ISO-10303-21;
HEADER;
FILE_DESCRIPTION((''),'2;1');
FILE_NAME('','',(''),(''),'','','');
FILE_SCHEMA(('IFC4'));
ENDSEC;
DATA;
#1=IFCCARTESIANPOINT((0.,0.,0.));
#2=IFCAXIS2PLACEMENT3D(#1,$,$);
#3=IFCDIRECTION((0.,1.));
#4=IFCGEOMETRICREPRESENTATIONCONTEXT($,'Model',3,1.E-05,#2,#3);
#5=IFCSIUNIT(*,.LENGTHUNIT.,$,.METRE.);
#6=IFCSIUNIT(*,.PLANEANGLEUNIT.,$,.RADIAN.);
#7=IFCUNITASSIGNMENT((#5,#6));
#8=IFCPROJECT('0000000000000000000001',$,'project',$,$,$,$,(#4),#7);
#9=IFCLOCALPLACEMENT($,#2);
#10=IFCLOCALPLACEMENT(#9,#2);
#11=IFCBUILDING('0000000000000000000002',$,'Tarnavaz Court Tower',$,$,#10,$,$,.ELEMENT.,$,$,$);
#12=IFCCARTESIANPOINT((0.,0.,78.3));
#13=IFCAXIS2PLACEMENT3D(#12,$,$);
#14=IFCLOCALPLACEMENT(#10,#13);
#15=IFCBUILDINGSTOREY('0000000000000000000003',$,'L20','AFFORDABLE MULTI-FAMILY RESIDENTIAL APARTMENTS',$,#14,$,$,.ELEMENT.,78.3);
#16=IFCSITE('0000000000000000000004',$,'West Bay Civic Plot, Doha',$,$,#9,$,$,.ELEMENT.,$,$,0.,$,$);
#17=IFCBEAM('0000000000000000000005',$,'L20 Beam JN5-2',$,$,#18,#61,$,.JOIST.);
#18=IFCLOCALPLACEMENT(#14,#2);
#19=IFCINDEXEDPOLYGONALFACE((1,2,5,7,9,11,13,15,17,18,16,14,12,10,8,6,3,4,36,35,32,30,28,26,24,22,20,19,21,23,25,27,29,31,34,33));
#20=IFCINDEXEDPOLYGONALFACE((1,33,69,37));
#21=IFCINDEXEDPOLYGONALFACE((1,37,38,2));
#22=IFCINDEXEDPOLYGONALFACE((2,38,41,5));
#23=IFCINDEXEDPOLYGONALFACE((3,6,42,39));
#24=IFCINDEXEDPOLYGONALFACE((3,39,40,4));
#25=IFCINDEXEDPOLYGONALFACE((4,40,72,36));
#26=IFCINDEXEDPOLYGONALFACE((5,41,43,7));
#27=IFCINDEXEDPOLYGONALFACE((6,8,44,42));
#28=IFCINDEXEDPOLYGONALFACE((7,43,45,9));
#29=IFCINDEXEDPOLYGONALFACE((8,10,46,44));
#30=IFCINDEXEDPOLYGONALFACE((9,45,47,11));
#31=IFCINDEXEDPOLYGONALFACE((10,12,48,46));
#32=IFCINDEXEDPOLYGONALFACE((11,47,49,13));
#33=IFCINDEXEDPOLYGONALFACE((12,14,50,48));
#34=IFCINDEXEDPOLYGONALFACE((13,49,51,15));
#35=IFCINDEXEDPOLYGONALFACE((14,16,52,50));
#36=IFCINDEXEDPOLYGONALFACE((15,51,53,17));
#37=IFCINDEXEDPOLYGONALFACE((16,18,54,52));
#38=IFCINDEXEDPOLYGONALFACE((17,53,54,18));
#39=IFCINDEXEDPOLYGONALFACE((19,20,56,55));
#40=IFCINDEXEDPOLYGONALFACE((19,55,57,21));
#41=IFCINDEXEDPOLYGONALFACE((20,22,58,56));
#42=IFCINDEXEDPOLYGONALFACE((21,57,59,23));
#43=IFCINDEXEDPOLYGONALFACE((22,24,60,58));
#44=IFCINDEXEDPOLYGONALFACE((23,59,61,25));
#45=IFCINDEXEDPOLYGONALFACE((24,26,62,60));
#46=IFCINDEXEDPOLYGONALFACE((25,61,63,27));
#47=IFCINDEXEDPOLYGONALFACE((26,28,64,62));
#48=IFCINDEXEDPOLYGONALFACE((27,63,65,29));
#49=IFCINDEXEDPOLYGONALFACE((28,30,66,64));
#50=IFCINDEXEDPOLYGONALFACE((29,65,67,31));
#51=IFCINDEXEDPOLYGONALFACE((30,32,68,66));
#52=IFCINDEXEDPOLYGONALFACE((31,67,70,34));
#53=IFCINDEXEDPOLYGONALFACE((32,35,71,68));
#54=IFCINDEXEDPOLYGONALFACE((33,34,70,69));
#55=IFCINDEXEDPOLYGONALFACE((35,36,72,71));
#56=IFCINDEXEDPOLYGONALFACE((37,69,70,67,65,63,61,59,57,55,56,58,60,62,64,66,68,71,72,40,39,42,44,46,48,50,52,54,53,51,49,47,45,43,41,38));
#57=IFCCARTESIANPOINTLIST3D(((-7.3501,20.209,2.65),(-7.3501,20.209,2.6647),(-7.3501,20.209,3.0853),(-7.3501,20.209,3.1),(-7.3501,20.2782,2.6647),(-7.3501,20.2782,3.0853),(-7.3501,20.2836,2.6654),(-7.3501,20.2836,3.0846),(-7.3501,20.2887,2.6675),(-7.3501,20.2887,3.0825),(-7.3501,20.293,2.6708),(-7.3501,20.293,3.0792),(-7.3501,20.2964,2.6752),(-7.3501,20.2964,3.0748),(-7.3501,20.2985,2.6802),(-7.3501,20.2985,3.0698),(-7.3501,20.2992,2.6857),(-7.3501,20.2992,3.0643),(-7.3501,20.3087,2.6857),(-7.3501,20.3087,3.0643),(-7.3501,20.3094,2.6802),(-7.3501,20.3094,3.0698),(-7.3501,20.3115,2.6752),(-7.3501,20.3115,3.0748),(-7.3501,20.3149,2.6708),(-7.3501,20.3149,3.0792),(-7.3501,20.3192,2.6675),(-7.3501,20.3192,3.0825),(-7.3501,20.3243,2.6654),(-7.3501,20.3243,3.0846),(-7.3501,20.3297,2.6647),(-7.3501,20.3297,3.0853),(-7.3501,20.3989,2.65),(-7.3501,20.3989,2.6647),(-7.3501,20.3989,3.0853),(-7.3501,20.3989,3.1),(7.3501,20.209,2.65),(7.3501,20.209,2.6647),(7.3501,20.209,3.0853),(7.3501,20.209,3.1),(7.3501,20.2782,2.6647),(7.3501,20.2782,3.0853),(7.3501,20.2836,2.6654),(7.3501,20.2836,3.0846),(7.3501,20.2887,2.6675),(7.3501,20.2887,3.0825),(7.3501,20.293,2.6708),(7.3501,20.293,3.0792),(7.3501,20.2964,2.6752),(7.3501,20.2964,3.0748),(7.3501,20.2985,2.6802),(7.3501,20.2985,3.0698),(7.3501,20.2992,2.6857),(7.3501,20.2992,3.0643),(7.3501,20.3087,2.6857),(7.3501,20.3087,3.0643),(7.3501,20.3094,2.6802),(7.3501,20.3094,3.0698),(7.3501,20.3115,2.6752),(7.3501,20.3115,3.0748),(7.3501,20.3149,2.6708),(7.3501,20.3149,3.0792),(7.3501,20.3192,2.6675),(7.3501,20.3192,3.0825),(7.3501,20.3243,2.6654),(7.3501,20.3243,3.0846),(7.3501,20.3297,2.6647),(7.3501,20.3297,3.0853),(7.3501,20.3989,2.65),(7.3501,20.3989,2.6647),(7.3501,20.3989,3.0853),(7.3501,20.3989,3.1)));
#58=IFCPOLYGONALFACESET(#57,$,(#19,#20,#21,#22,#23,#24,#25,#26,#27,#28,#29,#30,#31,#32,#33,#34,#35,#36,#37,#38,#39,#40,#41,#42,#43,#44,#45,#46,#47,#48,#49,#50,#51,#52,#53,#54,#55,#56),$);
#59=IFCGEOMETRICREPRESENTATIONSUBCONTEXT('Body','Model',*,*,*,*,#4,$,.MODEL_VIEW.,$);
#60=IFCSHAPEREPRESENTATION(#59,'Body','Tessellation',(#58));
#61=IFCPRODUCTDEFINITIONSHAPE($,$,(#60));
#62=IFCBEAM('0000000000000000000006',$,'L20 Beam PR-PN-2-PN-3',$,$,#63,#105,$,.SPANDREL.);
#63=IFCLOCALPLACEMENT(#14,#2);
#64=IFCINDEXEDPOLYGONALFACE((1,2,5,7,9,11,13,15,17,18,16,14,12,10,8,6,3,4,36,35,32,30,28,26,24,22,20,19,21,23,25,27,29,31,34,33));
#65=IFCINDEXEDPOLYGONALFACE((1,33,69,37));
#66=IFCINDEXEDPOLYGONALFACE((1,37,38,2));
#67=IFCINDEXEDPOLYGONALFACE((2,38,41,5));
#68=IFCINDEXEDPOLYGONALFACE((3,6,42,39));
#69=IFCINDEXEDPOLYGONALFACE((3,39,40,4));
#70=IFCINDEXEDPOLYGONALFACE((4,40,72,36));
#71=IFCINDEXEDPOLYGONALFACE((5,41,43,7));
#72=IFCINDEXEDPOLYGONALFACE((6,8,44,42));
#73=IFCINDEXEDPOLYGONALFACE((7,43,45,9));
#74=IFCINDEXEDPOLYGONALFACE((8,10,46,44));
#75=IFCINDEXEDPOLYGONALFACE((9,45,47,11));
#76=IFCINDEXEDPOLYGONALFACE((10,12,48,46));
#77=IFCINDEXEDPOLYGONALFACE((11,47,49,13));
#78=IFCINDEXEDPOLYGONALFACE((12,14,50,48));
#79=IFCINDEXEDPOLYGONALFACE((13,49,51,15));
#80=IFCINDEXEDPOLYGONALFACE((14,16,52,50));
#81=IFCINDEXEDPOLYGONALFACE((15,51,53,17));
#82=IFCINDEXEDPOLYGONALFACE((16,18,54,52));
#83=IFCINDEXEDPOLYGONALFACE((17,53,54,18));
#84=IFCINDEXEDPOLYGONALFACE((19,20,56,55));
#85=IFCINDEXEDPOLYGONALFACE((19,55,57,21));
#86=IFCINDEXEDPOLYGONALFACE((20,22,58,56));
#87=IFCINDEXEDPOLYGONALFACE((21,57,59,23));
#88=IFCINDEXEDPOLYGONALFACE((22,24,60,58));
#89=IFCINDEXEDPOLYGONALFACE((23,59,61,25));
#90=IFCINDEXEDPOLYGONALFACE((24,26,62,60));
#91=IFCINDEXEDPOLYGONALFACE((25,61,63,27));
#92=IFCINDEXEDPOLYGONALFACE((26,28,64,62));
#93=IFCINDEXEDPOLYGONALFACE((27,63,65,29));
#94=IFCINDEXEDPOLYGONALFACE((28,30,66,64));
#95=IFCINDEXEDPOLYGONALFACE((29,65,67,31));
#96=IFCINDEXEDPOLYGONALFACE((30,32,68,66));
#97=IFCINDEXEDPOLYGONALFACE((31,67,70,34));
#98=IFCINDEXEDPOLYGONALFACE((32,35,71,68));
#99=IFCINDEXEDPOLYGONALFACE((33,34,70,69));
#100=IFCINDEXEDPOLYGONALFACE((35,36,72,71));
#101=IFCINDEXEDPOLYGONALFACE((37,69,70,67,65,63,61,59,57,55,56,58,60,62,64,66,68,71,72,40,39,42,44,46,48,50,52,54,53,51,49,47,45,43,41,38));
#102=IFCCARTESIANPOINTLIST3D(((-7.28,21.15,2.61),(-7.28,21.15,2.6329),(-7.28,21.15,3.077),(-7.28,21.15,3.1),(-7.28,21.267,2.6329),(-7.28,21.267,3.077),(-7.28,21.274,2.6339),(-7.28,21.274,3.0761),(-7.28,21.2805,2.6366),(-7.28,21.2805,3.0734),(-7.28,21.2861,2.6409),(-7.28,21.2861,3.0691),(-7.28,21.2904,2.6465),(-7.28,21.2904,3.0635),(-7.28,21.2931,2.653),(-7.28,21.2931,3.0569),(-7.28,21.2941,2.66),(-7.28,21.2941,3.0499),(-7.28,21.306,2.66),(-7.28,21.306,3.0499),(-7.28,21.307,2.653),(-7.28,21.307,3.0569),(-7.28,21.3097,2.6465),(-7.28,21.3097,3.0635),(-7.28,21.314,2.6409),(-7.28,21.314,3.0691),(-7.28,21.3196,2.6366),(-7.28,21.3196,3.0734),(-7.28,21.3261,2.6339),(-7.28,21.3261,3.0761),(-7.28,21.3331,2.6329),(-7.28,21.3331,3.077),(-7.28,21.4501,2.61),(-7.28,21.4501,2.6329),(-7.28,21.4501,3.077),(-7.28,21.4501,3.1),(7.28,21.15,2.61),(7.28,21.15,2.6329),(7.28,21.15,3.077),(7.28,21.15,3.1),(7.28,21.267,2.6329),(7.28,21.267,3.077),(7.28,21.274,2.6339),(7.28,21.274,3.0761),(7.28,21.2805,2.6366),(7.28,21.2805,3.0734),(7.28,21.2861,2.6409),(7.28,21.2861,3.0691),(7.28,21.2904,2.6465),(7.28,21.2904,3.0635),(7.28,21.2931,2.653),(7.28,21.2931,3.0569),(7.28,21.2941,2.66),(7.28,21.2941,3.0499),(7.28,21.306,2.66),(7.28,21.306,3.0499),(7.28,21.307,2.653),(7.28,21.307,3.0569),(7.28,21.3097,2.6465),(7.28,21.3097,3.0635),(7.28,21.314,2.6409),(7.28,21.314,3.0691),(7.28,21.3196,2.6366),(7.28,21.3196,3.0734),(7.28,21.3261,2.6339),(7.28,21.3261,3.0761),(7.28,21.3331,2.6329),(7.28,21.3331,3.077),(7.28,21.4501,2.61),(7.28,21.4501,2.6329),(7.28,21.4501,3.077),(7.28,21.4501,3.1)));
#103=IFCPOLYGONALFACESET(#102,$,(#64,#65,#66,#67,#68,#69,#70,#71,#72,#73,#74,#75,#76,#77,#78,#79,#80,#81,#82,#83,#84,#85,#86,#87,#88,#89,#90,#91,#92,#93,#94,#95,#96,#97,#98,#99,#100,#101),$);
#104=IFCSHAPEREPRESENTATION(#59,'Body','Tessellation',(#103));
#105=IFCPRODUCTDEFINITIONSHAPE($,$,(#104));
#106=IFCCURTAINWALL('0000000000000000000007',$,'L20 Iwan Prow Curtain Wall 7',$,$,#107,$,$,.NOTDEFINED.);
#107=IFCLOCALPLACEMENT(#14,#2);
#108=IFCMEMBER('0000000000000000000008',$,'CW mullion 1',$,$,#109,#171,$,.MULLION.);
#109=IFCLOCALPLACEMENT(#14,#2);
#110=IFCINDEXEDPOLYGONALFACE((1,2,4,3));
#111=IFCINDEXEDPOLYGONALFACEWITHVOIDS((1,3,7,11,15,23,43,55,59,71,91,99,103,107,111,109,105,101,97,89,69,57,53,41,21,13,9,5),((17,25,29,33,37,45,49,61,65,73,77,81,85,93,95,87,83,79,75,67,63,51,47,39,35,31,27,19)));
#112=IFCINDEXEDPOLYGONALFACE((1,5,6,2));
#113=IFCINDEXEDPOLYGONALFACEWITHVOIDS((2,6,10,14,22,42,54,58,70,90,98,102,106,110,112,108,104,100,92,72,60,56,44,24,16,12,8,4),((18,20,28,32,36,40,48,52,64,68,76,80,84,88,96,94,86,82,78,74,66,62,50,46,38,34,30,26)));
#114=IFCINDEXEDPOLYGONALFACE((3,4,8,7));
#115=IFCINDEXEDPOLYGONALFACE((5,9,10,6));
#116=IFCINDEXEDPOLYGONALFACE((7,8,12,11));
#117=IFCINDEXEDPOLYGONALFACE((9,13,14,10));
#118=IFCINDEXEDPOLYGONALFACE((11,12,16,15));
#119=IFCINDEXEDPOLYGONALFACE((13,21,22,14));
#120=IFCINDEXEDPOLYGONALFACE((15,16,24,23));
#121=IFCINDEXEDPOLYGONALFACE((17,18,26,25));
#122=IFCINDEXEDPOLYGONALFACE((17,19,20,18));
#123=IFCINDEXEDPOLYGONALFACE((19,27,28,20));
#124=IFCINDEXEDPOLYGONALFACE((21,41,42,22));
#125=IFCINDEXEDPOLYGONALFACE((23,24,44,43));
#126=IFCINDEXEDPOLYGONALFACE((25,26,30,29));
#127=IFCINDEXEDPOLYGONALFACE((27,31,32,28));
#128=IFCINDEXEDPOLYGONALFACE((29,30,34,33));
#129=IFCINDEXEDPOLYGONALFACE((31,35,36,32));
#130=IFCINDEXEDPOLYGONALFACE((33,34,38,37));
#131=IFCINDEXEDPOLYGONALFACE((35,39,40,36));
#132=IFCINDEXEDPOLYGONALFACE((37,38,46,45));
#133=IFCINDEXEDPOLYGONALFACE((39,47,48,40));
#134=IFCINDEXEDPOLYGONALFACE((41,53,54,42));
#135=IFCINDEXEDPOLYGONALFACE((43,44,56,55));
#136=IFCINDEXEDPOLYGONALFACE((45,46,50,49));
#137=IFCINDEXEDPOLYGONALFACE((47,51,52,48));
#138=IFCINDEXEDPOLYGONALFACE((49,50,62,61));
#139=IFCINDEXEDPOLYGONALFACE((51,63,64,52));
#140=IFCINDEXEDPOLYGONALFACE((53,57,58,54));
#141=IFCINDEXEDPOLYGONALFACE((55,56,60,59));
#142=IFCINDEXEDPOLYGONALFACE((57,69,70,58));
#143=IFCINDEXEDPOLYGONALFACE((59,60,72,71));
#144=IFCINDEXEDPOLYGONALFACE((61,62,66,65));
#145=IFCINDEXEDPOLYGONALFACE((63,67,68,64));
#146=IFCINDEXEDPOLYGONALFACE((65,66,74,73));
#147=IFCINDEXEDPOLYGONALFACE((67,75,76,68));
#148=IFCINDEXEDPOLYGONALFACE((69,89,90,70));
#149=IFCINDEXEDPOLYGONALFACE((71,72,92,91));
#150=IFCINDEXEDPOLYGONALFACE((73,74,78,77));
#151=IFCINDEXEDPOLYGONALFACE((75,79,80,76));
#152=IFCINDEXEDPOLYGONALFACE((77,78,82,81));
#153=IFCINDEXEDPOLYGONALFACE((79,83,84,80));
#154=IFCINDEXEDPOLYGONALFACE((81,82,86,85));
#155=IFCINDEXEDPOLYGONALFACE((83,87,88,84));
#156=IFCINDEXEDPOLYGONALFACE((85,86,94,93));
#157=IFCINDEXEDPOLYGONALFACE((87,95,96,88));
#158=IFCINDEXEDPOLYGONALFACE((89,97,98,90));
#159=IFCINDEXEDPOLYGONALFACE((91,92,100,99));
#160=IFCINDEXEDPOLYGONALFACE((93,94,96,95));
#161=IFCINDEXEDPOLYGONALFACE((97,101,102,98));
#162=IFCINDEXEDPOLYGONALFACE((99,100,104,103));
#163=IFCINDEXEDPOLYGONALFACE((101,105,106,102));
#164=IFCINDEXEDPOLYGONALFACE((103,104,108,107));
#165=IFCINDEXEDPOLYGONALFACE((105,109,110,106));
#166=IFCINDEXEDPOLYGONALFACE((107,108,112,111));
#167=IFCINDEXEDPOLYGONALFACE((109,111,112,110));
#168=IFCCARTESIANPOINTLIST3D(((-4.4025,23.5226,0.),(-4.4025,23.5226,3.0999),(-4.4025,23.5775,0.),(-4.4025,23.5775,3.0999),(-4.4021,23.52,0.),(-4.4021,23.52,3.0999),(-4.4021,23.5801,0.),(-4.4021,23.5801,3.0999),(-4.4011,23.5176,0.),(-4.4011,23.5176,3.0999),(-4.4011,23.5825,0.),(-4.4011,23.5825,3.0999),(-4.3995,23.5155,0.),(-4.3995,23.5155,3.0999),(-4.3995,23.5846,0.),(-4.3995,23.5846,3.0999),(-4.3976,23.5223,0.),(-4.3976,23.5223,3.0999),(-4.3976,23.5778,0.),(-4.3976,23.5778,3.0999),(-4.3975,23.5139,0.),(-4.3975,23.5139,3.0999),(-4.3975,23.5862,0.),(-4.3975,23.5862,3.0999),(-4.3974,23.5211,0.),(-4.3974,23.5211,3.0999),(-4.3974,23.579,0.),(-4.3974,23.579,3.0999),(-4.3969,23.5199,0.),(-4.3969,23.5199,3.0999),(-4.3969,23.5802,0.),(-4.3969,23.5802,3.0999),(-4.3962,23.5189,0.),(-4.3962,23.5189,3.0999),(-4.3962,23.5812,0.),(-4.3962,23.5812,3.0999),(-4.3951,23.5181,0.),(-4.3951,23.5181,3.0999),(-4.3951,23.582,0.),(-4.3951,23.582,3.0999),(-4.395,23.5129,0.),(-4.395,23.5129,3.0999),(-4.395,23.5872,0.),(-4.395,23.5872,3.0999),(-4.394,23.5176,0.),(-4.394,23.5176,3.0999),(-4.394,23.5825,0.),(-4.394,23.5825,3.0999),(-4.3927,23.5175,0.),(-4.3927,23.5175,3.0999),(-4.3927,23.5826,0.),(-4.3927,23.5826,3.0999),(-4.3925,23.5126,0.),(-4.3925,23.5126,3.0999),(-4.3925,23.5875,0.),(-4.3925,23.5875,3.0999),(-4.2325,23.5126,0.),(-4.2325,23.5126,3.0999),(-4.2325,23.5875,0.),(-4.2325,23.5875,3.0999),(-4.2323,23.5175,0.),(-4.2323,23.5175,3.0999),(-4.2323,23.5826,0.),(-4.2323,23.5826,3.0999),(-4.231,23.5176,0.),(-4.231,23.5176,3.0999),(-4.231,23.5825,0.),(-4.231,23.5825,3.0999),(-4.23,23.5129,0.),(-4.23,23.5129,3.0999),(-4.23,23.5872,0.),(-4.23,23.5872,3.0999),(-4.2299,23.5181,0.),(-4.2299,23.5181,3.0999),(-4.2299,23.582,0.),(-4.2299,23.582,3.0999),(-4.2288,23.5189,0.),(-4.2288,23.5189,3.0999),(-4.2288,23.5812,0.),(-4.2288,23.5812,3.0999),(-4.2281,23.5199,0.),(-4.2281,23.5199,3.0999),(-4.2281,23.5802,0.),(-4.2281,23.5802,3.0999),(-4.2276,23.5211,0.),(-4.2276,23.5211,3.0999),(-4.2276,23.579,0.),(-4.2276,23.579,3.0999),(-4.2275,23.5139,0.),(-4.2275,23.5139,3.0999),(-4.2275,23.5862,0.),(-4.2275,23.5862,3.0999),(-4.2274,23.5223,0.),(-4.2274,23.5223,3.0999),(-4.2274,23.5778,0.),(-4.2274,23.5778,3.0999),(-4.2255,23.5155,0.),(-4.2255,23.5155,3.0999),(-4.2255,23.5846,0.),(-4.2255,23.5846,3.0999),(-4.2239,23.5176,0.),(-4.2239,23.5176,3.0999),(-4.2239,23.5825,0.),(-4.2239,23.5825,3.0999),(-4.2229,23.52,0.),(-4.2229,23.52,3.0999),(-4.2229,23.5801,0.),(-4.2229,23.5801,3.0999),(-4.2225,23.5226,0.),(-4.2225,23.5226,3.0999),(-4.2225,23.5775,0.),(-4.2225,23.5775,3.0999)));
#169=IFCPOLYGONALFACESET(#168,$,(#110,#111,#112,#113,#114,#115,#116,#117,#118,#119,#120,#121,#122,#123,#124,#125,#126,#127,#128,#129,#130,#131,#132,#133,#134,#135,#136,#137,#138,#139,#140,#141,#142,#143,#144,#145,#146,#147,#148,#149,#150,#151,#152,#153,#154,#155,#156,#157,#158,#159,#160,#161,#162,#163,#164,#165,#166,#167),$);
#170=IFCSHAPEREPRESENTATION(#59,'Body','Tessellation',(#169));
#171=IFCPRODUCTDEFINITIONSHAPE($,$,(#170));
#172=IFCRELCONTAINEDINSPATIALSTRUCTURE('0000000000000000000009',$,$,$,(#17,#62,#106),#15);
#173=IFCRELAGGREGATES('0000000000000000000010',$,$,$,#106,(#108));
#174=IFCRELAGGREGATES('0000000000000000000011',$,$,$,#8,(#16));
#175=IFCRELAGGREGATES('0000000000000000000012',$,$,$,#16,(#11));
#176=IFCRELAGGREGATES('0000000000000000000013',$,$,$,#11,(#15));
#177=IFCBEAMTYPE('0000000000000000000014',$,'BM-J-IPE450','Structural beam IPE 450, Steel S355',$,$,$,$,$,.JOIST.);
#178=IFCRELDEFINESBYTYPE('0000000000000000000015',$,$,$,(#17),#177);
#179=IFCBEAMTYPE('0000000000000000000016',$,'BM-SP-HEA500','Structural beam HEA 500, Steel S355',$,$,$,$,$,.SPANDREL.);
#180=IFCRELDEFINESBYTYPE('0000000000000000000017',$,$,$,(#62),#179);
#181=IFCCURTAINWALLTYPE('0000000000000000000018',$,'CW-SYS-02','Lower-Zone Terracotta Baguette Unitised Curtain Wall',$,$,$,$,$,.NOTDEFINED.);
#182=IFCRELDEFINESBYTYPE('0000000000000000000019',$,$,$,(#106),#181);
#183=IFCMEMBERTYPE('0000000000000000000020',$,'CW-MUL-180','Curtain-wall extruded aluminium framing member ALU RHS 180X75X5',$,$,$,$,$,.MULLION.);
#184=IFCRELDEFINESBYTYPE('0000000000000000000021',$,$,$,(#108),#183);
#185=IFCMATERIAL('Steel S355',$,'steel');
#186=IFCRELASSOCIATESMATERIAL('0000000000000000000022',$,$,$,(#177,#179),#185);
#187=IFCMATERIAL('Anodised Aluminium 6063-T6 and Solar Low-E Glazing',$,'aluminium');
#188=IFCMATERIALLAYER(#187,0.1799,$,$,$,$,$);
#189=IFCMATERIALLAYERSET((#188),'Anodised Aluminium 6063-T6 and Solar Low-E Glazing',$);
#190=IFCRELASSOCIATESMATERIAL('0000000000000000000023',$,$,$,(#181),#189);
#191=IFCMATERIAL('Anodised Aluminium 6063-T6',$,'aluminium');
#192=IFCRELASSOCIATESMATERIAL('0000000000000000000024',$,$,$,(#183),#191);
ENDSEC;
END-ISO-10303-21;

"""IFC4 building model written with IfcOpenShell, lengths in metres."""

from ifc_helpers import new_model, si_unit, direction, frame, origin, origin_2d, place, context, subcontext, project, spatial, hollow_rectangle, i_section, extrude, material, layer, layer_set, material_profile, profile_set, type_object, element, aggregate, save


model = new_model("IFC4")

# Units and contexts
model_context = context("Model", 3, precision=1e-05, world=origin(), true_north=direction((0.0, 1.0)))
body_context = subcontext(model_context, "Body", "Model", "MODEL_VIEW")
ifc_project = project(units=[si_unit("LENGTHUNIT", "METRE"), si_unit("PLANEANGLEUNIT", "RADIAN")], contexts=[model_context])

# Site, building, storey
site_placement = place(None, origin())
site = spatial("IfcSite", under=ifc_project, at=site_placement, Name="West Bay Civic Plot, Doha", CompositionType="ELEMENT", RefElevation=0.0)
building_placement = place(site_placement, origin())
building = spatial("IfcBuilding", under=site, at=building_placement, Name="Tarnavaz Court Tower", CompositionType="ELEMENT")
storey_placement = place(building_placement, frame((0.0, 0.0, 78.3)))
storey = spatial("IfcBuildingStorey", under=building, at=storey_placement, Name="L20", Description="AFFORDABLE MULTI-FAMILY RESIDENTIAL APARTMENTS", CompositionType="ELEMENT", Elevation=78.3)

# Beams
ifc_material_1 = material(Name="Steel S355", Category="steel")
ifc_material_profile_1 = material_profile(ifc_material_1, i_section(OverallWidth=0.1899, OverallDepth=0.45, WebThickness=0.0095, FlangeThickness=0.0146, FilletRadius=0.021, at=origin_2d()), Name="IPE 450")
ifc_profile_set_1 = profile_set([ifc_material_profile_1], Name="Steel S355")
beam_type_1 = type_object("IfcBeamType", Name="BM-J-IPE450", Description="Structural beam IPE 450, Steel S355", PredefinedType="JOIST", material=ifc_profile_set_1)
for number, where, z_axis, x_axis, name in (
    (1, (-7.3501, 20.304, 2.875), (1.0, 0.0, 0.0), (0.0, 1.0, 0.0), "L20 Beam JN5-2"),
):
    element("IfcBeam", number, at=place(storey_placement, frame(where, z_axis=z_axis, x_axis=x_axis)), inside=storey, type_object=beam_type_1, Name=name, PredefinedType="JOIST", context=body_context, shape_type="SweptSolid", body=[
        extrude(i_section(OverallWidth=0.1899, OverallDepth=0.45, WebThickness=0.0095, FlangeThickness=0.0146, FilletRadius=0.021, at=origin_2d()), origin(), (0.0, 0.0, 1.0), 14.7002),
    ])
ifc_material_profile_2 = material_profile(ifc_material_1, i_section(OverallWidth=0.3, OverallDepth=0.49, WebThickness=0.012, FlangeThickness=0.0229, FilletRadius=0.0271, at=origin_2d()), Name="HEA 500")
ifc_profile_set_2 = profile_set([ifc_material_profile_2], Name="Steel S355")
beam_type_2 = type_object("IfcBeamType", Name="BM-SP-HEA500", Description="Structural beam HEA 500, Steel S355", PredefinedType="SPANDREL", material=ifc_profile_set_2)
beam_placement = place(storey_placement, frame((-7.28, 21.3, 2.855), z_axis=(1.0, 0.0, 0.0), x_axis=(0.0, 1.0, 0.0)))
element("IfcBeam", 2, at=beam_placement, inside=storey, type_object=beam_type_2, Name="L20 Beam PR-PN-2-PN-3", PredefinedType="SPANDREL", context=body_context, shape_type="SweptSolid", body=[
    extrude(i_section(OverallWidth=0.3, OverallDepth=0.49, WebThickness=0.012, FlangeThickness=0.0229, FilletRadius=0.0271, at=origin_2d()), origin(), (0.0, 0.0, 1.0), 14.5601),
])

# Curtain wall, member
ifc_material_2 = material(Name="Anodised Aluminium 6063-T6 and Solar Low-E Glazing", Category="aluminium")
ifc_layer_1 = layer(ifc_material_2, 0.1799)
ifc_layer_set_1 = layer_set([ifc_layer_1], Name="Anodised Aluminium 6063-T6 and Solar Low-E Glazing")
curtain_wall_type = type_object("IfcCurtainWallType", Name="CW-SYS-02", Description="Lower-Zone Terracotta Baguette Unitised Curtain Wall", PredefinedType="NOTDEFINED", material=ifc_layer_set_1)
curtain_wall_placement = place(storey_placement, origin())
curtain_wall = element("IfcCurtainWall", 3, at=curtain_wall_placement, inside=storey, type_object=curtain_wall_type, Name="L20 Iwan Prow Curtain Wall 7", PredefinedType="NOTDEFINED")
ifc_material_3 = material(Name="Anodised Aluminium 6063-T6", Category="aluminium")
ifc_material_profile_3 = material_profile(ifc_material_3, hollow_rectangle(XDim=0.075, YDim=0.1799, WallThickness=0.0049, InnerFilletRadius=0.0049, OuterFilletRadius=0.01, at=origin_2d()), Name="ALU RHS 180X75X5")
ifc_profile_set_3 = profile_set([ifc_material_profile_3], Name="Anodised Aluminium 6063-T6")
member_type_1 = type_object("IfcMemberType", Name="CW-MUL-180", Description="Curtain-wall extruded aluminium framing member ALU RHS 180X75X5", PredefinedType="MULLION", material=ifc_profile_set_3)
member_1_placement = place(storey_placement, frame((-4.3125, 23.55, 0.0), z_axis=(0.0, 0.0, 1.0), x_axis=(0.0, 1.0, 0.0)))
member_1 = element("IfcMember", 4, at=member_1_placement, type_object=member_type_1, Name="CW mullion 1", PredefinedType="MULLION", context=body_context, shape_type="SweptSolid", body=[
    extrude(hollow_rectangle(XDim=0.075, YDim=0.1799, WallThickness=0.0049, InnerFilletRadius=0.0049, OuterFilletRadius=0.01, at=origin_2d()), origin(), (0.0, 0.0, 1.0), 3.0999),
])
aggregate(curtain_wall, [member_1])

save(model, "model.ifc")
